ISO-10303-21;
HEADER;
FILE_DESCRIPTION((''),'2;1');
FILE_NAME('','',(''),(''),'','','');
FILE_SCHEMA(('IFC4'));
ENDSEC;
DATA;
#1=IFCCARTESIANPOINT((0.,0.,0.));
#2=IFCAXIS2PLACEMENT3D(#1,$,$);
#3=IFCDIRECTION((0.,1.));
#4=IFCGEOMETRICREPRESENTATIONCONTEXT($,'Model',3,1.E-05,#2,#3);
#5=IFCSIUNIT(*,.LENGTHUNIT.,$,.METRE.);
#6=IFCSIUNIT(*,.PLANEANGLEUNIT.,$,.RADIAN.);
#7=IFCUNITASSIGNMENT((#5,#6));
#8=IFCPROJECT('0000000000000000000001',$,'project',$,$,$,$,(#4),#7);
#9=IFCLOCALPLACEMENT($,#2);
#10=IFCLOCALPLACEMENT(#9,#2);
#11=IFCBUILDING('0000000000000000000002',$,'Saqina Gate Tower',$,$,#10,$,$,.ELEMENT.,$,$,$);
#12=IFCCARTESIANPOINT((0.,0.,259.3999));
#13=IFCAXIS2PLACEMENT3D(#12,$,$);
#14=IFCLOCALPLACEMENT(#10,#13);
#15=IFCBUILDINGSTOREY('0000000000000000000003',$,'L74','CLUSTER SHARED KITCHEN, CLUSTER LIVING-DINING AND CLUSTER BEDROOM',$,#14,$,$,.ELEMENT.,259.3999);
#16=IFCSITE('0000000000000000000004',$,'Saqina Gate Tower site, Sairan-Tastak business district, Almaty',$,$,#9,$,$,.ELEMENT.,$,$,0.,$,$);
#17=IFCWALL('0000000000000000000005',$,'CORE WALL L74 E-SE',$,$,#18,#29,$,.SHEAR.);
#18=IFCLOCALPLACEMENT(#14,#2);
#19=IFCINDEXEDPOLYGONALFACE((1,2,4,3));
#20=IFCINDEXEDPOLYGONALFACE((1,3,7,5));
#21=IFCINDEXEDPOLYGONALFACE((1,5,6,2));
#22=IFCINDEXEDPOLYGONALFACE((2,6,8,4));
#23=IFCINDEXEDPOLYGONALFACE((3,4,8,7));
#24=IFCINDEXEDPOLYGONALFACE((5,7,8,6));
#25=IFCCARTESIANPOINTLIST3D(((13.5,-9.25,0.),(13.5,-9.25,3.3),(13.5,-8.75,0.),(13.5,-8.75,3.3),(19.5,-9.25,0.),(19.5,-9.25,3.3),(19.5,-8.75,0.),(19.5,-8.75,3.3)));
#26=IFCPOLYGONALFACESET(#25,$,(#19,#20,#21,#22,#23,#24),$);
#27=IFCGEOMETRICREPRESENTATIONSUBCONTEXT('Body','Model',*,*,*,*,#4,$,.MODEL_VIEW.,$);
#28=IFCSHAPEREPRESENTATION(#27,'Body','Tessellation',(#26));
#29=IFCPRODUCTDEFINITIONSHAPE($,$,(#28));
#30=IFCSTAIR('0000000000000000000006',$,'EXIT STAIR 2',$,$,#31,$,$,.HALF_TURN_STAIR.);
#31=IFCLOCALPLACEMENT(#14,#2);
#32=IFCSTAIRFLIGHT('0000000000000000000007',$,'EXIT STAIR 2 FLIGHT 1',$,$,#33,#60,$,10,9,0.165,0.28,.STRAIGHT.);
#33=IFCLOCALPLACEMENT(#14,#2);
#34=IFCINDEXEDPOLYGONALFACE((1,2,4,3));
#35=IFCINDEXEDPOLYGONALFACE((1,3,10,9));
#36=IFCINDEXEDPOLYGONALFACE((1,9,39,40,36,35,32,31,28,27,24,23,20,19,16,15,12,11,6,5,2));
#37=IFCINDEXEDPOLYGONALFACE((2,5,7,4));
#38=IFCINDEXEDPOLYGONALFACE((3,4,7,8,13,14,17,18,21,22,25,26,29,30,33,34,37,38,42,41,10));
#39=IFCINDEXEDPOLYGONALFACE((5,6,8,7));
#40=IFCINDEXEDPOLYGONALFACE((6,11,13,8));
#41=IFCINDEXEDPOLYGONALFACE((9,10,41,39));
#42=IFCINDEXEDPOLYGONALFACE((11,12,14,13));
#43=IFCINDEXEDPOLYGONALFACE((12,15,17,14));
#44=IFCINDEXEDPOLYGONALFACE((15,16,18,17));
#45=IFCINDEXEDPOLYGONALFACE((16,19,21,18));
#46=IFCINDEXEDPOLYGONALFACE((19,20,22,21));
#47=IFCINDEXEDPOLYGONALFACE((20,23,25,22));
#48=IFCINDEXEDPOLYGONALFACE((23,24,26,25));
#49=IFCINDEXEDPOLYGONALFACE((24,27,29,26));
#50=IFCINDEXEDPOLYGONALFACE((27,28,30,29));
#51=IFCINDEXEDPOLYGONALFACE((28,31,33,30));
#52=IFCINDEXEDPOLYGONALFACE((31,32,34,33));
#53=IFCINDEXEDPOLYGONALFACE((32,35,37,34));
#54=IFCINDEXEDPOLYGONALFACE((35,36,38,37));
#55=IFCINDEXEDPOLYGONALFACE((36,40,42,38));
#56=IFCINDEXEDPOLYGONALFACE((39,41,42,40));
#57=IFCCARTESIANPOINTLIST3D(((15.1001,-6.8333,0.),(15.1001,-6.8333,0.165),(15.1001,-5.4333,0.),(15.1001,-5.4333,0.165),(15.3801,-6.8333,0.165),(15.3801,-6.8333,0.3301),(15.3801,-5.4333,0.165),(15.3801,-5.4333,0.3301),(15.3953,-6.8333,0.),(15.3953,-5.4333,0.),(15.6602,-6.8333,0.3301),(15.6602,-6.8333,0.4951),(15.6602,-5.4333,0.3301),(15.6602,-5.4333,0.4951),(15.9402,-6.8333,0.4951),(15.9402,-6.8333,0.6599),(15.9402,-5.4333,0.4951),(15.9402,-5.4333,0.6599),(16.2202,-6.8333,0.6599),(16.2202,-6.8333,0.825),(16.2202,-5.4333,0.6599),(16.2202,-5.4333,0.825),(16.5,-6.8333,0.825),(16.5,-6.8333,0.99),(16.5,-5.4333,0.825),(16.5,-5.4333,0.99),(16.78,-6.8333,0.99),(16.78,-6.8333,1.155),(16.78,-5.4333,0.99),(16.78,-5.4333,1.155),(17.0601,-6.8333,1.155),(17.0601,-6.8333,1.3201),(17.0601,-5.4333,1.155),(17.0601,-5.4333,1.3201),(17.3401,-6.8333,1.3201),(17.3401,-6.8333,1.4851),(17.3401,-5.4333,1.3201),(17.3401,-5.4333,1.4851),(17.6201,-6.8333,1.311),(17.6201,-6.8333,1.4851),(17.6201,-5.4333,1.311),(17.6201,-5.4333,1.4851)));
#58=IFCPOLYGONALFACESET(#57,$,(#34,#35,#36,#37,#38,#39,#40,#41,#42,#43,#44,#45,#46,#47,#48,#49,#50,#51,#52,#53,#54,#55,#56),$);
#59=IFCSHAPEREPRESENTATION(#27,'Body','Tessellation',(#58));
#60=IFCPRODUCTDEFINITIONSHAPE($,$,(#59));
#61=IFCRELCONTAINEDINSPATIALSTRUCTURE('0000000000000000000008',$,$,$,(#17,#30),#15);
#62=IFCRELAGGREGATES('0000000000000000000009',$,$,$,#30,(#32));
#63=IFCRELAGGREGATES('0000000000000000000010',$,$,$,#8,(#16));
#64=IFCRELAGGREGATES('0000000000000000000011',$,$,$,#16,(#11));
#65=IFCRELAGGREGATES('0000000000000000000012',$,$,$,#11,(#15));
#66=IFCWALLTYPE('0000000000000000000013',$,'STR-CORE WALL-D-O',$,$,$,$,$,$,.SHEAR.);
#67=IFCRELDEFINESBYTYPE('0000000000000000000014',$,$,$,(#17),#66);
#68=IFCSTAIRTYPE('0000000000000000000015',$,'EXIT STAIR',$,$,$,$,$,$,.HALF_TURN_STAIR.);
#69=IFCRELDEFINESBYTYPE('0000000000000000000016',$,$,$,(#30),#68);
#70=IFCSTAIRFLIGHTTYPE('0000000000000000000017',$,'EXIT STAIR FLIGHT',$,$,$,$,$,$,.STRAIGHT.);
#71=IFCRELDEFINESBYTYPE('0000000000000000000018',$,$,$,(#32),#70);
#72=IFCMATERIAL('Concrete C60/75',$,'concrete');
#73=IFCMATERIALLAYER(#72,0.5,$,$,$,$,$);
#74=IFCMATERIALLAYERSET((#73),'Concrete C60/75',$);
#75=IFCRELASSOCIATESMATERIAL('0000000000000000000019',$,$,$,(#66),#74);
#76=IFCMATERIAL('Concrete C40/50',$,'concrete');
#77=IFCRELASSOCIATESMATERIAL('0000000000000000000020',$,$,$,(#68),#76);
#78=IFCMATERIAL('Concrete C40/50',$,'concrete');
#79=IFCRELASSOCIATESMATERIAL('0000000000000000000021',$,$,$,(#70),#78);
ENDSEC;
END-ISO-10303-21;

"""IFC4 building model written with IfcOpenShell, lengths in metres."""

from ifc_helpers import new_model, si_unit, direction, frame, frame_2d, origin, place, context, subcontext, project, spatial, polyline, rectangle, outline, extrude, material, layer, layer_set, type_object, element, aggregate, save


model = new_model("IFC4")

# Units and contexts
model_context = context("Model", 3, precision=1e-05, world=origin(), true_north=direction((0.0, 1.0)))
body_context = subcontext(model_context, "Body", "Model", "MODEL_VIEW")
ifc_project = project(units=[si_unit("LENGTHUNIT", "METRE"), si_unit("PLANEANGLEUNIT", "RADIAN")], contexts=[model_context])

# Site, building, storey
site_placement = place(None, origin())
site = spatial("IfcSite", under=ifc_project, at=site_placement, Name="Saqina Gate Tower site, Sairan-Tastak business district, Almaty", CompositionType="ELEMENT", RefElevation=0.0)
building_placement = place(site_placement, origin())
building = spatial("IfcBuilding", under=site, at=building_placement, Name="Saqina Gate Tower", CompositionType="ELEMENT")
storey_placement = place(building_placement, frame((0.0, 0.0, 259.3999)))
storey = spatial("IfcBuildingStorey", under=building, at=storey_placement, Name="L74", Description="CLUSTER SHARED KITCHEN, CLUSTER LIVING-DINING AND CLUSTER BEDROOM", CompositionType="ELEMENT", Elevation=259.3999)

# Shared definitions
ifc_material_1 = material(Name="Concrete C60/75", Category="concrete")
ifc_layer_1 = layer(ifc_material_1, 0.5)
ifc_layer_set_1 = layer_set([ifc_layer_1], Name="Concrete C60/75")
wall_type_1 = type_object("IfcWallType", Name="STR-CORE WALL-D-O", PredefinedType="SHEAR", material=ifc_layer_set_1)

# Wall
wall_1_placement = place(storey_placement, frame((13.5, -9.0, 0.0), z_axis=(0.0, 0.0, 1.0), x_axis=(1.0, 0.0, 0.0)))
element("IfcWall", 1, at=wall_1_placement, inside=storey, type_object=wall_type_1, Name="CORE WALL L74 E-SE", PredefinedType="SHEAR", context=body_context, shape_type="SweptSolid", body=[
    extrude(rectangle(XDim=6.0, YDim=0.5, at=frame_2d((3.0, 0.0))), origin(), (0.0, 0.0, 1.0), 3.3),
])

# Stair, stair flight
ifc_material_2 = material(Name="Concrete C40/50", Category="concrete")
stair_type = type_object("IfcStairType", Name="EXIT STAIR", PredefinedType="HALF_TURN_STAIR", material=ifc_material_2)
stair_placement = place(storey_placement, origin())
stair = element("IfcStair", 2, at=stair_placement, inside=storey, type_object=stair_type, Name="EXIT STAIR 2", PredefinedType="HALF_TURN_STAIR")
ifc_material_3 = material(Name="Concrete C40/50", Category="concrete")
stair_flight_type = type_object("IfcStairFlightType", Name="EXIT STAIR FLIGHT", PredefinedType="STRAIGHT", material=ifc_material_3)
stair_flight_placement = place(storey_placement, frame((15.1001, -6.1333, 0.0), z_axis=(0.0, 0.0, 1.0), x_axis=(1.0, 0.0, 0.0)))
stair_flight = element("IfcStairFlight", 3, at=stair_flight_placement, type_object=stair_flight_type, Name="EXIT STAIR 2 FLIGHT 1", NumberOfRisers=10, NumberOfTreads=9, PredefinedType="STRAIGHT", RiserHeight=0.165, TreadLength=0.28, context=body_context, shape_type="SweptSolid", body=[
    extrude(outline(polyline([(0.0, 0.0), (0.0, 0.165), (0.28, 0.165), (0.28, 0.3301), (0.5601, 0.3301), (0.5601, 0.4951), (0.8401, 0.4951), (0.8401, 0.6599), (1.1201, 0.6599), (1.1201, 0.825), (1.3999, 0.825), (1.3999, 0.99), (1.6799, 0.99), (1.6799, 1.155), (1.96, 1.155), (1.96, 1.3201), (2.24, 1.3201), (2.24, 1.4851), (2.52, 1.4851), (2.52, 1.6499), (2.52, 1.311), (0.2952, 0.0), (0.0, 0.0)])), frame((0.0, 0.7, 0.0), z_axis=(0.0, -1.0, 0.0), x_axis=(1.0, 0.0, 0.0)), (0.0, 0.0, 1.0), 1.3999),
])
aggregate(stair, [stair_flight])

save(model, "model.ifc")
